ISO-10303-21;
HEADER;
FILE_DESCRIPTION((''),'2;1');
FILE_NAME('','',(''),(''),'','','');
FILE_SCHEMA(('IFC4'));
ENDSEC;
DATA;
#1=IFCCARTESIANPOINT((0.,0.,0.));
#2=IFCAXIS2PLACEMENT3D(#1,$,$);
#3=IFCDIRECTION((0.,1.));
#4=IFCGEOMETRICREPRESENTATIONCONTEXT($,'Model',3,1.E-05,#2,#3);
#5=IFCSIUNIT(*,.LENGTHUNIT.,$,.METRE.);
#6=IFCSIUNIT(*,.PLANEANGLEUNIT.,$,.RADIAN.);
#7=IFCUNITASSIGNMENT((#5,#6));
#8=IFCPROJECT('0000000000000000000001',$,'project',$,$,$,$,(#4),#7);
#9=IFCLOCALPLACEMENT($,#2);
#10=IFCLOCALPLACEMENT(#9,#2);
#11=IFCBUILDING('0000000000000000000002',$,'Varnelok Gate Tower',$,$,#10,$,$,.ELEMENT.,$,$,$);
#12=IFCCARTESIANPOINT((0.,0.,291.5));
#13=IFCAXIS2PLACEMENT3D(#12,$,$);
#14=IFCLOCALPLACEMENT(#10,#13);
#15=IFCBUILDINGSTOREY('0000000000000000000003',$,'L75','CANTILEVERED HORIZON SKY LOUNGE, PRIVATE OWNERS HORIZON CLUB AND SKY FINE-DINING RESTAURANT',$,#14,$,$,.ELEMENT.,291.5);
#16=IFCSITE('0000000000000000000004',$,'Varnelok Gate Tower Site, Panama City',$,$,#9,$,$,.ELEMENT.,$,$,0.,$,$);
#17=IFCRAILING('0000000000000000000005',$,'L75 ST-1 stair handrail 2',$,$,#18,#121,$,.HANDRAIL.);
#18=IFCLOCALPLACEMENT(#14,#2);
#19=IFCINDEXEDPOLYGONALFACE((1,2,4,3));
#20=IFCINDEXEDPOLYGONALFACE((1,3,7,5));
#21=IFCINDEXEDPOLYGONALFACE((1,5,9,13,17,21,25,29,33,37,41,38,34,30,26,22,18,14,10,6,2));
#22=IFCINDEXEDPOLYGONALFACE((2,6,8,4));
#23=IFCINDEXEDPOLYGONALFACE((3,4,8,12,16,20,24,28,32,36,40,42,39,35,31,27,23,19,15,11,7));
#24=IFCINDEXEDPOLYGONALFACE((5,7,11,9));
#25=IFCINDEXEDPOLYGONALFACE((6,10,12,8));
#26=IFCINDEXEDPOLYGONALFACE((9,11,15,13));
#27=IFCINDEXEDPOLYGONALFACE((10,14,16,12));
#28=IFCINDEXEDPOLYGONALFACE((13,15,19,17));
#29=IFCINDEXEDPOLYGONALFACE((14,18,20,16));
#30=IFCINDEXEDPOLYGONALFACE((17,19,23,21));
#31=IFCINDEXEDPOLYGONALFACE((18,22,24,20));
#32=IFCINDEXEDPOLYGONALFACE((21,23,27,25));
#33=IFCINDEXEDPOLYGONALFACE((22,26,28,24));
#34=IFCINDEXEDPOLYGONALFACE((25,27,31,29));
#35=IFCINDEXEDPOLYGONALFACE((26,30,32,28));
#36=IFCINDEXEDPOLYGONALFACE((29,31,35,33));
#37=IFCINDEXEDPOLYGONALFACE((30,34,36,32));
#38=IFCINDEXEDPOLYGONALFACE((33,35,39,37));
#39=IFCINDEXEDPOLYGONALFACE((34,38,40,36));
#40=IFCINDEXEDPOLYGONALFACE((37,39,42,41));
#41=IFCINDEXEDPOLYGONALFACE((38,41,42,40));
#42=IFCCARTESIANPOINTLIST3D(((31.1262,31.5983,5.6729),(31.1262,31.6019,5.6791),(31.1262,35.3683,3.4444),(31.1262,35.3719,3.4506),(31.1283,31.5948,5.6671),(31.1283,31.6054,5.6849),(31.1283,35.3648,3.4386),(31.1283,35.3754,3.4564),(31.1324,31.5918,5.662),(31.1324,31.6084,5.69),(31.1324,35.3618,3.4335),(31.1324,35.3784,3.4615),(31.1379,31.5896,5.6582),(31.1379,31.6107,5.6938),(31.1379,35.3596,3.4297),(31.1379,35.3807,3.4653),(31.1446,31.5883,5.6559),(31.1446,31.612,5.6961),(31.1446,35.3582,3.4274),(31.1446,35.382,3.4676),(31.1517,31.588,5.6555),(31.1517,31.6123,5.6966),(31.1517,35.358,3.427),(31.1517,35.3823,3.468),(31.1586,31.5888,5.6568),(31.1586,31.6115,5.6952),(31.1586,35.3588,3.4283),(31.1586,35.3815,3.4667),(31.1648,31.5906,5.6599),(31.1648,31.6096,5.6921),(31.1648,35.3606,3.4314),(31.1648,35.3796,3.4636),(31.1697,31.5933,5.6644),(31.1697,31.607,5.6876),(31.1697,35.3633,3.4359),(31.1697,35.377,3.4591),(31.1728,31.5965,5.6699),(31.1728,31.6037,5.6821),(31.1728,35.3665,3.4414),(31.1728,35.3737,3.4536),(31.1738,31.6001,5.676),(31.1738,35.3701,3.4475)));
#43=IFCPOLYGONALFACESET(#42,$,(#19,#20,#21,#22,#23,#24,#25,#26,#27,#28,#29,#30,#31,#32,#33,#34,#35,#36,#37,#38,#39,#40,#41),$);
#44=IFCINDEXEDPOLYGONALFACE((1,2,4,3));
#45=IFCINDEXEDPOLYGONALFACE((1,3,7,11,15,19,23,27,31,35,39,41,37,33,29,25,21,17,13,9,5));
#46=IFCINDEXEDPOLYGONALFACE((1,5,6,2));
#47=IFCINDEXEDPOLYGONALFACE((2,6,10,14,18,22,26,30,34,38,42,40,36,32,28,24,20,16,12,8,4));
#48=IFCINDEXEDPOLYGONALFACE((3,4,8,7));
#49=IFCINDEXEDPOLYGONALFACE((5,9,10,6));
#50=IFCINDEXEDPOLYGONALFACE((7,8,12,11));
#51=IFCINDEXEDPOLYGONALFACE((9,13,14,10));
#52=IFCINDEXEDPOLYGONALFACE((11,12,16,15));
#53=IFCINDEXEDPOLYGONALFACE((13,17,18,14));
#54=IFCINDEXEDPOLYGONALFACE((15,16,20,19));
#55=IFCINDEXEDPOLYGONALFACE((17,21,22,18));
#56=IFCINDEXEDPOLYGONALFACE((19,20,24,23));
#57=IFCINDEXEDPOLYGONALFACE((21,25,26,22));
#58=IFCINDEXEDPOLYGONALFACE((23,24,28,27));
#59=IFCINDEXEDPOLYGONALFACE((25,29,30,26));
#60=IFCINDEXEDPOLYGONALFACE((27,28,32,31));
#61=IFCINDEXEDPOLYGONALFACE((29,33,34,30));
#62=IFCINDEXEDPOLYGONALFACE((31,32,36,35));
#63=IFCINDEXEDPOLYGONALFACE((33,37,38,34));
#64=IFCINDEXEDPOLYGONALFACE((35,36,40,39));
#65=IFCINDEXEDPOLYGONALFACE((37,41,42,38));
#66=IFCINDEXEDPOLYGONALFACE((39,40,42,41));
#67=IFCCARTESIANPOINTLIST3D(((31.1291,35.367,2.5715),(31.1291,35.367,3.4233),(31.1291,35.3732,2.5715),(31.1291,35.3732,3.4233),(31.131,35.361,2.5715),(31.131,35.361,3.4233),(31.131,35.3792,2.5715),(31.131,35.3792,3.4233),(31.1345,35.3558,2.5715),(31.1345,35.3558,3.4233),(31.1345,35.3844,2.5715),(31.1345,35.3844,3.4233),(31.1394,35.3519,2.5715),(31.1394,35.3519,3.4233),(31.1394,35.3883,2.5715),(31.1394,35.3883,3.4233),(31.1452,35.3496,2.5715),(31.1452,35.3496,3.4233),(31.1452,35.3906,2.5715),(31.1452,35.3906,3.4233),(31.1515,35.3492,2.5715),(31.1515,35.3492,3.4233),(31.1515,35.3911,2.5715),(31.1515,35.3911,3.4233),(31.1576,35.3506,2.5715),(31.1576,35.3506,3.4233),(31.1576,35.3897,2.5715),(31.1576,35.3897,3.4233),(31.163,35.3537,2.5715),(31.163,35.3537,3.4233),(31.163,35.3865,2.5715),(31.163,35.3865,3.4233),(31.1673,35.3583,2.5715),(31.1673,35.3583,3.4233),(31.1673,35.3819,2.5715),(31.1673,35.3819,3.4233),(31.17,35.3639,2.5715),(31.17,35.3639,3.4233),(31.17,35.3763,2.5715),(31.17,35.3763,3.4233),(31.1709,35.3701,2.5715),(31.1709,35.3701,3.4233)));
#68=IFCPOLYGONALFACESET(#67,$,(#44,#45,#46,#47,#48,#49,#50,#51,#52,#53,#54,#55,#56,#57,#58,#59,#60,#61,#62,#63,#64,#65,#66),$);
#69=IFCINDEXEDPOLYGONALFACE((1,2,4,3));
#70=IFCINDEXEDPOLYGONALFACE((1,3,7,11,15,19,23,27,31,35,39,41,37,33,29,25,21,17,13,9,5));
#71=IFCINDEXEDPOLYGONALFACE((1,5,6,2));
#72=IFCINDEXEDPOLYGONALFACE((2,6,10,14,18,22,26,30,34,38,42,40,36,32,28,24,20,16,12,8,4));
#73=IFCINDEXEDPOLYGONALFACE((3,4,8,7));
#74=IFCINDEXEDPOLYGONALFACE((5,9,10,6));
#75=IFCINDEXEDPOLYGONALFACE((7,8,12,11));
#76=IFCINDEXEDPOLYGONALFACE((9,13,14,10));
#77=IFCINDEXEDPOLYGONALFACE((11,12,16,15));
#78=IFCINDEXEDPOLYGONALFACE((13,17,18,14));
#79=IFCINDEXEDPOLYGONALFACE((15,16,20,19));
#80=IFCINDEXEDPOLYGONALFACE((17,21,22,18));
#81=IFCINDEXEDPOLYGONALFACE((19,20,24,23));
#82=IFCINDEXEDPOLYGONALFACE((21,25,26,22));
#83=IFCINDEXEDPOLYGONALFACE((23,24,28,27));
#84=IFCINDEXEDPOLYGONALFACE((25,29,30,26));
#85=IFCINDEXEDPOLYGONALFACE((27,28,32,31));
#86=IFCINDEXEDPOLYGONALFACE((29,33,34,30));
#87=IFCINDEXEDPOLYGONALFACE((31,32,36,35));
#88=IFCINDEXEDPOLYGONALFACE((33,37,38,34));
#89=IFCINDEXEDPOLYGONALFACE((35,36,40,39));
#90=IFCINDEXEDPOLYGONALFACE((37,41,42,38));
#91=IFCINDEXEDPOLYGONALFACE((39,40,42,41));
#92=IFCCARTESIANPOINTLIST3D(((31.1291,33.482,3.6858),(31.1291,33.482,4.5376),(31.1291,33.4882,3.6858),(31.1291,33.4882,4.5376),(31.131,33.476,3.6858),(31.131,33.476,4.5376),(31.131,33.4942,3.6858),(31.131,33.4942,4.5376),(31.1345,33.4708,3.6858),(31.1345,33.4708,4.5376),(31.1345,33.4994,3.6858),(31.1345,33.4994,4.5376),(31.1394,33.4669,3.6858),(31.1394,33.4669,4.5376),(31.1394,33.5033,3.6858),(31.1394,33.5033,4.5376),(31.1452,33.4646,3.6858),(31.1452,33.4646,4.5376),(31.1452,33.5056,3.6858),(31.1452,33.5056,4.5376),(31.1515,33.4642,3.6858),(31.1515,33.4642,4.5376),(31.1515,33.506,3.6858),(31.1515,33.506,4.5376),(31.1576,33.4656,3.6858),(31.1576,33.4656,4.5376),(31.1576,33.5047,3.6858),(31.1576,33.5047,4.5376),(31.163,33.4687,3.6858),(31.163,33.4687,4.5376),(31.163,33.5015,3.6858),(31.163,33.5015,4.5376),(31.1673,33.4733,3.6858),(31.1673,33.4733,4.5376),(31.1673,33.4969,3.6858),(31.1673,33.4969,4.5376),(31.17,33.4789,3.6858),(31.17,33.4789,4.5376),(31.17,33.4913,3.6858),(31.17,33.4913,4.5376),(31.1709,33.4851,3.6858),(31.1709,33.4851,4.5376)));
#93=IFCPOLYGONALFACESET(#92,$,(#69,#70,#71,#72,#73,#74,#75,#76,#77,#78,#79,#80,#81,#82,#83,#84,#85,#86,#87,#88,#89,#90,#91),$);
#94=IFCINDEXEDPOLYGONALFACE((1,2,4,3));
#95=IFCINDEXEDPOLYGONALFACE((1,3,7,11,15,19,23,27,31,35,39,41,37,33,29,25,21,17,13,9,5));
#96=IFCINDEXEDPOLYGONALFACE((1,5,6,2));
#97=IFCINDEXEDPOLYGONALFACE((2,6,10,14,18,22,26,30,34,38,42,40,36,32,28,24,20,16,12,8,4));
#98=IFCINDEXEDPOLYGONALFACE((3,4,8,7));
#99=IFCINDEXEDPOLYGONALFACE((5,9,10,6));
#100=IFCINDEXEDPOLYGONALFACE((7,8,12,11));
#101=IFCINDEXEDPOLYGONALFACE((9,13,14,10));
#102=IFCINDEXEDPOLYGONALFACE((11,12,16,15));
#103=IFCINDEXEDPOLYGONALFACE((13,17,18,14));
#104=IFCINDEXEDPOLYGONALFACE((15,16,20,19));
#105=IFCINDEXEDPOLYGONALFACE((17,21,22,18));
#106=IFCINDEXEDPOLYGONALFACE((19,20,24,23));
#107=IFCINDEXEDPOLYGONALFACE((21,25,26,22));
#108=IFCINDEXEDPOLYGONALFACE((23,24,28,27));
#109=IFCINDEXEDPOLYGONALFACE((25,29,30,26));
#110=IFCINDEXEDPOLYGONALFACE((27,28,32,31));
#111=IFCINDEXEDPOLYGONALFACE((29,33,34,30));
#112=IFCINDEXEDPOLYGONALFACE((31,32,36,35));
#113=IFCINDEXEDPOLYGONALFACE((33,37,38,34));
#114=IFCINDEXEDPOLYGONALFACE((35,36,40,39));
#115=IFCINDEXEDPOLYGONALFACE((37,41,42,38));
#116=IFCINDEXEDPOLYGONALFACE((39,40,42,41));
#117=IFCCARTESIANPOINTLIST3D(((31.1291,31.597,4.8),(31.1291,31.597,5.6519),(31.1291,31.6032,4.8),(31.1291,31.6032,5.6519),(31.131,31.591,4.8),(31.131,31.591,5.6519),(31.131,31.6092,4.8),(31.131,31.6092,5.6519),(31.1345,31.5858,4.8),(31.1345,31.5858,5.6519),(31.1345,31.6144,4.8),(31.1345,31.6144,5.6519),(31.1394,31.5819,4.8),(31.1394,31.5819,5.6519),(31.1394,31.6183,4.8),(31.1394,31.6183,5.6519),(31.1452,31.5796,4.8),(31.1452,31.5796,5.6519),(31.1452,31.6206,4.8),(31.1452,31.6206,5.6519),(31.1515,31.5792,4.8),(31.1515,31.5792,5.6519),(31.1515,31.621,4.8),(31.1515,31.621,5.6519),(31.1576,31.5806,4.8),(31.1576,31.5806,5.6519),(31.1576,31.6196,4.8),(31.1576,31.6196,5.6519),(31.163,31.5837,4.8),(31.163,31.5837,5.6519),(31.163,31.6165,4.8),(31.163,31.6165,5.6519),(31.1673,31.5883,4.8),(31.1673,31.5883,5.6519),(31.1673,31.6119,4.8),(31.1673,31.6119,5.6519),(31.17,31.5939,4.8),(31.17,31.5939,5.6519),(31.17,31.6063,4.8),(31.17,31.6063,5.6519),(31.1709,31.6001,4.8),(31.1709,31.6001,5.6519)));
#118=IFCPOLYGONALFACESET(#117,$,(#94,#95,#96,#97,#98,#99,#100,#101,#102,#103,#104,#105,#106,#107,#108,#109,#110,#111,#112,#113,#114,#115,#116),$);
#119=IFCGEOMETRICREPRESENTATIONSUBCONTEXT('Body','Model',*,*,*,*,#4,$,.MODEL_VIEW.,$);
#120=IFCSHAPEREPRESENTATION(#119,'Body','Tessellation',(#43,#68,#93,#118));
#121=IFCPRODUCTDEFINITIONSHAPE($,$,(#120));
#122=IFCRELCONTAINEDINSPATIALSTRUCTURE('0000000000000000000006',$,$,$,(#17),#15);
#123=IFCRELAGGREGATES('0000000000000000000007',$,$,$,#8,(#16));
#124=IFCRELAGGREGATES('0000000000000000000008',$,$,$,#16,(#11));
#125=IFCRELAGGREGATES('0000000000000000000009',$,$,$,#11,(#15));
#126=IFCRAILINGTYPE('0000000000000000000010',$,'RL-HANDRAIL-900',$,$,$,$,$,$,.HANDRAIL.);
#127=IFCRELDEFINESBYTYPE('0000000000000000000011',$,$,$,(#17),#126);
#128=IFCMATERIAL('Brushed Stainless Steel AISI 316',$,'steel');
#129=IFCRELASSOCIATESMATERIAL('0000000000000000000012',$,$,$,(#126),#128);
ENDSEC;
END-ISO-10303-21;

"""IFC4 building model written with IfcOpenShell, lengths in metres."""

from ifc_helpers import new_model, si_unit, direction, frame, origin, origin_2d, place, context, subcontext, project, spatial, circle, extrude, material, type_object, element, save


model = new_model("IFC4")

# Units and contexts
model_context = context("Model", 3, precision=1e-05, world=origin(), true_north=direction((0.0, 1.0)))
body_context = subcontext(model_context, "Body", "Model", "MODEL_VIEW")
ifc_project = project(units=[si_unit("LENGTHUNIT", "METRE"), si_unit("PLANEANGLEUNIT", "RADIAN")], contexts=[model_context])

# Site, building, storey
site_placement = place(None, origin())
site = spatial("IfcSite", under=ifc_project, at=site_placement, Name="Varnelok Gate Tower Site, Panama City", CompositionType="ELEMENT", RefElevation=0.0)
building_placement = place(site_placement, origin())
building = spatial("IfcBuilding", under=site, at=building_placement, Name="Varnelok Gate Tower", CompositionType="ELEMENT")
storey_placement = place(building_placement, frame((0.0, 0.0, 291.5)))
storey = spatial("IfcBuildingStorey", under=building, at=storey_placement, Name="L75", Description="CANTILEVERED HORIZON SKY LOUNGE, PRIVATE OWNERS HORIZON CLUB AND SKY FINE-DINING RESTAURANT", CompositionType="ELEMENT", Elevation=291.5)

# Railing
ifc_material_1 = material(Name="Brushed Stainless Steel AISI 316", Category="steel")
railing_type_1 = type_object("IfcRailingType", Name="RL-HANDRAIL-900", PredefinedType="HANDRAIL", material=ifc_material_1)
railing_1_placement = place(storey_placement, frame((31.1499, 35.3701, 2.5715)))
element("IfcRailing", 1, at=railing_1_placement, inside=storey, type_object=railing_type_1, Name="L75 ST-1 stair handrail 2", PredefinedType="HANDRAIL", context=body_context, shape_type="SweptSolid", body=[
    extrude(circle(Radius=0.0239, at=origin_2d()), frame((0.0, 0.0, 0.876), z_axis=(0.0, -0.860849, 0.508861), x_axis=(1.0, 0.0, 0.0)), (0.0, 0.0, 1.0), 4.3794),
    extrude(circle(Radius=0.021, at=origin_2d()), origin(), (0.0, 0.0, 1.0), 0.8518),
    extrude(circle(Radius=0.021, at=origin_2d()), frame((0.0, -1.885, 1.1143)), (0.0, 0.0, 1.0), 0.8518),
    extrude(circle(Radius=0.021, at=origin_2d()), frame((0.0, -3.77, 2.2285)), (0.0, 0.0, 1.0), 0.8518),
])

save(model, "model.ifc")
